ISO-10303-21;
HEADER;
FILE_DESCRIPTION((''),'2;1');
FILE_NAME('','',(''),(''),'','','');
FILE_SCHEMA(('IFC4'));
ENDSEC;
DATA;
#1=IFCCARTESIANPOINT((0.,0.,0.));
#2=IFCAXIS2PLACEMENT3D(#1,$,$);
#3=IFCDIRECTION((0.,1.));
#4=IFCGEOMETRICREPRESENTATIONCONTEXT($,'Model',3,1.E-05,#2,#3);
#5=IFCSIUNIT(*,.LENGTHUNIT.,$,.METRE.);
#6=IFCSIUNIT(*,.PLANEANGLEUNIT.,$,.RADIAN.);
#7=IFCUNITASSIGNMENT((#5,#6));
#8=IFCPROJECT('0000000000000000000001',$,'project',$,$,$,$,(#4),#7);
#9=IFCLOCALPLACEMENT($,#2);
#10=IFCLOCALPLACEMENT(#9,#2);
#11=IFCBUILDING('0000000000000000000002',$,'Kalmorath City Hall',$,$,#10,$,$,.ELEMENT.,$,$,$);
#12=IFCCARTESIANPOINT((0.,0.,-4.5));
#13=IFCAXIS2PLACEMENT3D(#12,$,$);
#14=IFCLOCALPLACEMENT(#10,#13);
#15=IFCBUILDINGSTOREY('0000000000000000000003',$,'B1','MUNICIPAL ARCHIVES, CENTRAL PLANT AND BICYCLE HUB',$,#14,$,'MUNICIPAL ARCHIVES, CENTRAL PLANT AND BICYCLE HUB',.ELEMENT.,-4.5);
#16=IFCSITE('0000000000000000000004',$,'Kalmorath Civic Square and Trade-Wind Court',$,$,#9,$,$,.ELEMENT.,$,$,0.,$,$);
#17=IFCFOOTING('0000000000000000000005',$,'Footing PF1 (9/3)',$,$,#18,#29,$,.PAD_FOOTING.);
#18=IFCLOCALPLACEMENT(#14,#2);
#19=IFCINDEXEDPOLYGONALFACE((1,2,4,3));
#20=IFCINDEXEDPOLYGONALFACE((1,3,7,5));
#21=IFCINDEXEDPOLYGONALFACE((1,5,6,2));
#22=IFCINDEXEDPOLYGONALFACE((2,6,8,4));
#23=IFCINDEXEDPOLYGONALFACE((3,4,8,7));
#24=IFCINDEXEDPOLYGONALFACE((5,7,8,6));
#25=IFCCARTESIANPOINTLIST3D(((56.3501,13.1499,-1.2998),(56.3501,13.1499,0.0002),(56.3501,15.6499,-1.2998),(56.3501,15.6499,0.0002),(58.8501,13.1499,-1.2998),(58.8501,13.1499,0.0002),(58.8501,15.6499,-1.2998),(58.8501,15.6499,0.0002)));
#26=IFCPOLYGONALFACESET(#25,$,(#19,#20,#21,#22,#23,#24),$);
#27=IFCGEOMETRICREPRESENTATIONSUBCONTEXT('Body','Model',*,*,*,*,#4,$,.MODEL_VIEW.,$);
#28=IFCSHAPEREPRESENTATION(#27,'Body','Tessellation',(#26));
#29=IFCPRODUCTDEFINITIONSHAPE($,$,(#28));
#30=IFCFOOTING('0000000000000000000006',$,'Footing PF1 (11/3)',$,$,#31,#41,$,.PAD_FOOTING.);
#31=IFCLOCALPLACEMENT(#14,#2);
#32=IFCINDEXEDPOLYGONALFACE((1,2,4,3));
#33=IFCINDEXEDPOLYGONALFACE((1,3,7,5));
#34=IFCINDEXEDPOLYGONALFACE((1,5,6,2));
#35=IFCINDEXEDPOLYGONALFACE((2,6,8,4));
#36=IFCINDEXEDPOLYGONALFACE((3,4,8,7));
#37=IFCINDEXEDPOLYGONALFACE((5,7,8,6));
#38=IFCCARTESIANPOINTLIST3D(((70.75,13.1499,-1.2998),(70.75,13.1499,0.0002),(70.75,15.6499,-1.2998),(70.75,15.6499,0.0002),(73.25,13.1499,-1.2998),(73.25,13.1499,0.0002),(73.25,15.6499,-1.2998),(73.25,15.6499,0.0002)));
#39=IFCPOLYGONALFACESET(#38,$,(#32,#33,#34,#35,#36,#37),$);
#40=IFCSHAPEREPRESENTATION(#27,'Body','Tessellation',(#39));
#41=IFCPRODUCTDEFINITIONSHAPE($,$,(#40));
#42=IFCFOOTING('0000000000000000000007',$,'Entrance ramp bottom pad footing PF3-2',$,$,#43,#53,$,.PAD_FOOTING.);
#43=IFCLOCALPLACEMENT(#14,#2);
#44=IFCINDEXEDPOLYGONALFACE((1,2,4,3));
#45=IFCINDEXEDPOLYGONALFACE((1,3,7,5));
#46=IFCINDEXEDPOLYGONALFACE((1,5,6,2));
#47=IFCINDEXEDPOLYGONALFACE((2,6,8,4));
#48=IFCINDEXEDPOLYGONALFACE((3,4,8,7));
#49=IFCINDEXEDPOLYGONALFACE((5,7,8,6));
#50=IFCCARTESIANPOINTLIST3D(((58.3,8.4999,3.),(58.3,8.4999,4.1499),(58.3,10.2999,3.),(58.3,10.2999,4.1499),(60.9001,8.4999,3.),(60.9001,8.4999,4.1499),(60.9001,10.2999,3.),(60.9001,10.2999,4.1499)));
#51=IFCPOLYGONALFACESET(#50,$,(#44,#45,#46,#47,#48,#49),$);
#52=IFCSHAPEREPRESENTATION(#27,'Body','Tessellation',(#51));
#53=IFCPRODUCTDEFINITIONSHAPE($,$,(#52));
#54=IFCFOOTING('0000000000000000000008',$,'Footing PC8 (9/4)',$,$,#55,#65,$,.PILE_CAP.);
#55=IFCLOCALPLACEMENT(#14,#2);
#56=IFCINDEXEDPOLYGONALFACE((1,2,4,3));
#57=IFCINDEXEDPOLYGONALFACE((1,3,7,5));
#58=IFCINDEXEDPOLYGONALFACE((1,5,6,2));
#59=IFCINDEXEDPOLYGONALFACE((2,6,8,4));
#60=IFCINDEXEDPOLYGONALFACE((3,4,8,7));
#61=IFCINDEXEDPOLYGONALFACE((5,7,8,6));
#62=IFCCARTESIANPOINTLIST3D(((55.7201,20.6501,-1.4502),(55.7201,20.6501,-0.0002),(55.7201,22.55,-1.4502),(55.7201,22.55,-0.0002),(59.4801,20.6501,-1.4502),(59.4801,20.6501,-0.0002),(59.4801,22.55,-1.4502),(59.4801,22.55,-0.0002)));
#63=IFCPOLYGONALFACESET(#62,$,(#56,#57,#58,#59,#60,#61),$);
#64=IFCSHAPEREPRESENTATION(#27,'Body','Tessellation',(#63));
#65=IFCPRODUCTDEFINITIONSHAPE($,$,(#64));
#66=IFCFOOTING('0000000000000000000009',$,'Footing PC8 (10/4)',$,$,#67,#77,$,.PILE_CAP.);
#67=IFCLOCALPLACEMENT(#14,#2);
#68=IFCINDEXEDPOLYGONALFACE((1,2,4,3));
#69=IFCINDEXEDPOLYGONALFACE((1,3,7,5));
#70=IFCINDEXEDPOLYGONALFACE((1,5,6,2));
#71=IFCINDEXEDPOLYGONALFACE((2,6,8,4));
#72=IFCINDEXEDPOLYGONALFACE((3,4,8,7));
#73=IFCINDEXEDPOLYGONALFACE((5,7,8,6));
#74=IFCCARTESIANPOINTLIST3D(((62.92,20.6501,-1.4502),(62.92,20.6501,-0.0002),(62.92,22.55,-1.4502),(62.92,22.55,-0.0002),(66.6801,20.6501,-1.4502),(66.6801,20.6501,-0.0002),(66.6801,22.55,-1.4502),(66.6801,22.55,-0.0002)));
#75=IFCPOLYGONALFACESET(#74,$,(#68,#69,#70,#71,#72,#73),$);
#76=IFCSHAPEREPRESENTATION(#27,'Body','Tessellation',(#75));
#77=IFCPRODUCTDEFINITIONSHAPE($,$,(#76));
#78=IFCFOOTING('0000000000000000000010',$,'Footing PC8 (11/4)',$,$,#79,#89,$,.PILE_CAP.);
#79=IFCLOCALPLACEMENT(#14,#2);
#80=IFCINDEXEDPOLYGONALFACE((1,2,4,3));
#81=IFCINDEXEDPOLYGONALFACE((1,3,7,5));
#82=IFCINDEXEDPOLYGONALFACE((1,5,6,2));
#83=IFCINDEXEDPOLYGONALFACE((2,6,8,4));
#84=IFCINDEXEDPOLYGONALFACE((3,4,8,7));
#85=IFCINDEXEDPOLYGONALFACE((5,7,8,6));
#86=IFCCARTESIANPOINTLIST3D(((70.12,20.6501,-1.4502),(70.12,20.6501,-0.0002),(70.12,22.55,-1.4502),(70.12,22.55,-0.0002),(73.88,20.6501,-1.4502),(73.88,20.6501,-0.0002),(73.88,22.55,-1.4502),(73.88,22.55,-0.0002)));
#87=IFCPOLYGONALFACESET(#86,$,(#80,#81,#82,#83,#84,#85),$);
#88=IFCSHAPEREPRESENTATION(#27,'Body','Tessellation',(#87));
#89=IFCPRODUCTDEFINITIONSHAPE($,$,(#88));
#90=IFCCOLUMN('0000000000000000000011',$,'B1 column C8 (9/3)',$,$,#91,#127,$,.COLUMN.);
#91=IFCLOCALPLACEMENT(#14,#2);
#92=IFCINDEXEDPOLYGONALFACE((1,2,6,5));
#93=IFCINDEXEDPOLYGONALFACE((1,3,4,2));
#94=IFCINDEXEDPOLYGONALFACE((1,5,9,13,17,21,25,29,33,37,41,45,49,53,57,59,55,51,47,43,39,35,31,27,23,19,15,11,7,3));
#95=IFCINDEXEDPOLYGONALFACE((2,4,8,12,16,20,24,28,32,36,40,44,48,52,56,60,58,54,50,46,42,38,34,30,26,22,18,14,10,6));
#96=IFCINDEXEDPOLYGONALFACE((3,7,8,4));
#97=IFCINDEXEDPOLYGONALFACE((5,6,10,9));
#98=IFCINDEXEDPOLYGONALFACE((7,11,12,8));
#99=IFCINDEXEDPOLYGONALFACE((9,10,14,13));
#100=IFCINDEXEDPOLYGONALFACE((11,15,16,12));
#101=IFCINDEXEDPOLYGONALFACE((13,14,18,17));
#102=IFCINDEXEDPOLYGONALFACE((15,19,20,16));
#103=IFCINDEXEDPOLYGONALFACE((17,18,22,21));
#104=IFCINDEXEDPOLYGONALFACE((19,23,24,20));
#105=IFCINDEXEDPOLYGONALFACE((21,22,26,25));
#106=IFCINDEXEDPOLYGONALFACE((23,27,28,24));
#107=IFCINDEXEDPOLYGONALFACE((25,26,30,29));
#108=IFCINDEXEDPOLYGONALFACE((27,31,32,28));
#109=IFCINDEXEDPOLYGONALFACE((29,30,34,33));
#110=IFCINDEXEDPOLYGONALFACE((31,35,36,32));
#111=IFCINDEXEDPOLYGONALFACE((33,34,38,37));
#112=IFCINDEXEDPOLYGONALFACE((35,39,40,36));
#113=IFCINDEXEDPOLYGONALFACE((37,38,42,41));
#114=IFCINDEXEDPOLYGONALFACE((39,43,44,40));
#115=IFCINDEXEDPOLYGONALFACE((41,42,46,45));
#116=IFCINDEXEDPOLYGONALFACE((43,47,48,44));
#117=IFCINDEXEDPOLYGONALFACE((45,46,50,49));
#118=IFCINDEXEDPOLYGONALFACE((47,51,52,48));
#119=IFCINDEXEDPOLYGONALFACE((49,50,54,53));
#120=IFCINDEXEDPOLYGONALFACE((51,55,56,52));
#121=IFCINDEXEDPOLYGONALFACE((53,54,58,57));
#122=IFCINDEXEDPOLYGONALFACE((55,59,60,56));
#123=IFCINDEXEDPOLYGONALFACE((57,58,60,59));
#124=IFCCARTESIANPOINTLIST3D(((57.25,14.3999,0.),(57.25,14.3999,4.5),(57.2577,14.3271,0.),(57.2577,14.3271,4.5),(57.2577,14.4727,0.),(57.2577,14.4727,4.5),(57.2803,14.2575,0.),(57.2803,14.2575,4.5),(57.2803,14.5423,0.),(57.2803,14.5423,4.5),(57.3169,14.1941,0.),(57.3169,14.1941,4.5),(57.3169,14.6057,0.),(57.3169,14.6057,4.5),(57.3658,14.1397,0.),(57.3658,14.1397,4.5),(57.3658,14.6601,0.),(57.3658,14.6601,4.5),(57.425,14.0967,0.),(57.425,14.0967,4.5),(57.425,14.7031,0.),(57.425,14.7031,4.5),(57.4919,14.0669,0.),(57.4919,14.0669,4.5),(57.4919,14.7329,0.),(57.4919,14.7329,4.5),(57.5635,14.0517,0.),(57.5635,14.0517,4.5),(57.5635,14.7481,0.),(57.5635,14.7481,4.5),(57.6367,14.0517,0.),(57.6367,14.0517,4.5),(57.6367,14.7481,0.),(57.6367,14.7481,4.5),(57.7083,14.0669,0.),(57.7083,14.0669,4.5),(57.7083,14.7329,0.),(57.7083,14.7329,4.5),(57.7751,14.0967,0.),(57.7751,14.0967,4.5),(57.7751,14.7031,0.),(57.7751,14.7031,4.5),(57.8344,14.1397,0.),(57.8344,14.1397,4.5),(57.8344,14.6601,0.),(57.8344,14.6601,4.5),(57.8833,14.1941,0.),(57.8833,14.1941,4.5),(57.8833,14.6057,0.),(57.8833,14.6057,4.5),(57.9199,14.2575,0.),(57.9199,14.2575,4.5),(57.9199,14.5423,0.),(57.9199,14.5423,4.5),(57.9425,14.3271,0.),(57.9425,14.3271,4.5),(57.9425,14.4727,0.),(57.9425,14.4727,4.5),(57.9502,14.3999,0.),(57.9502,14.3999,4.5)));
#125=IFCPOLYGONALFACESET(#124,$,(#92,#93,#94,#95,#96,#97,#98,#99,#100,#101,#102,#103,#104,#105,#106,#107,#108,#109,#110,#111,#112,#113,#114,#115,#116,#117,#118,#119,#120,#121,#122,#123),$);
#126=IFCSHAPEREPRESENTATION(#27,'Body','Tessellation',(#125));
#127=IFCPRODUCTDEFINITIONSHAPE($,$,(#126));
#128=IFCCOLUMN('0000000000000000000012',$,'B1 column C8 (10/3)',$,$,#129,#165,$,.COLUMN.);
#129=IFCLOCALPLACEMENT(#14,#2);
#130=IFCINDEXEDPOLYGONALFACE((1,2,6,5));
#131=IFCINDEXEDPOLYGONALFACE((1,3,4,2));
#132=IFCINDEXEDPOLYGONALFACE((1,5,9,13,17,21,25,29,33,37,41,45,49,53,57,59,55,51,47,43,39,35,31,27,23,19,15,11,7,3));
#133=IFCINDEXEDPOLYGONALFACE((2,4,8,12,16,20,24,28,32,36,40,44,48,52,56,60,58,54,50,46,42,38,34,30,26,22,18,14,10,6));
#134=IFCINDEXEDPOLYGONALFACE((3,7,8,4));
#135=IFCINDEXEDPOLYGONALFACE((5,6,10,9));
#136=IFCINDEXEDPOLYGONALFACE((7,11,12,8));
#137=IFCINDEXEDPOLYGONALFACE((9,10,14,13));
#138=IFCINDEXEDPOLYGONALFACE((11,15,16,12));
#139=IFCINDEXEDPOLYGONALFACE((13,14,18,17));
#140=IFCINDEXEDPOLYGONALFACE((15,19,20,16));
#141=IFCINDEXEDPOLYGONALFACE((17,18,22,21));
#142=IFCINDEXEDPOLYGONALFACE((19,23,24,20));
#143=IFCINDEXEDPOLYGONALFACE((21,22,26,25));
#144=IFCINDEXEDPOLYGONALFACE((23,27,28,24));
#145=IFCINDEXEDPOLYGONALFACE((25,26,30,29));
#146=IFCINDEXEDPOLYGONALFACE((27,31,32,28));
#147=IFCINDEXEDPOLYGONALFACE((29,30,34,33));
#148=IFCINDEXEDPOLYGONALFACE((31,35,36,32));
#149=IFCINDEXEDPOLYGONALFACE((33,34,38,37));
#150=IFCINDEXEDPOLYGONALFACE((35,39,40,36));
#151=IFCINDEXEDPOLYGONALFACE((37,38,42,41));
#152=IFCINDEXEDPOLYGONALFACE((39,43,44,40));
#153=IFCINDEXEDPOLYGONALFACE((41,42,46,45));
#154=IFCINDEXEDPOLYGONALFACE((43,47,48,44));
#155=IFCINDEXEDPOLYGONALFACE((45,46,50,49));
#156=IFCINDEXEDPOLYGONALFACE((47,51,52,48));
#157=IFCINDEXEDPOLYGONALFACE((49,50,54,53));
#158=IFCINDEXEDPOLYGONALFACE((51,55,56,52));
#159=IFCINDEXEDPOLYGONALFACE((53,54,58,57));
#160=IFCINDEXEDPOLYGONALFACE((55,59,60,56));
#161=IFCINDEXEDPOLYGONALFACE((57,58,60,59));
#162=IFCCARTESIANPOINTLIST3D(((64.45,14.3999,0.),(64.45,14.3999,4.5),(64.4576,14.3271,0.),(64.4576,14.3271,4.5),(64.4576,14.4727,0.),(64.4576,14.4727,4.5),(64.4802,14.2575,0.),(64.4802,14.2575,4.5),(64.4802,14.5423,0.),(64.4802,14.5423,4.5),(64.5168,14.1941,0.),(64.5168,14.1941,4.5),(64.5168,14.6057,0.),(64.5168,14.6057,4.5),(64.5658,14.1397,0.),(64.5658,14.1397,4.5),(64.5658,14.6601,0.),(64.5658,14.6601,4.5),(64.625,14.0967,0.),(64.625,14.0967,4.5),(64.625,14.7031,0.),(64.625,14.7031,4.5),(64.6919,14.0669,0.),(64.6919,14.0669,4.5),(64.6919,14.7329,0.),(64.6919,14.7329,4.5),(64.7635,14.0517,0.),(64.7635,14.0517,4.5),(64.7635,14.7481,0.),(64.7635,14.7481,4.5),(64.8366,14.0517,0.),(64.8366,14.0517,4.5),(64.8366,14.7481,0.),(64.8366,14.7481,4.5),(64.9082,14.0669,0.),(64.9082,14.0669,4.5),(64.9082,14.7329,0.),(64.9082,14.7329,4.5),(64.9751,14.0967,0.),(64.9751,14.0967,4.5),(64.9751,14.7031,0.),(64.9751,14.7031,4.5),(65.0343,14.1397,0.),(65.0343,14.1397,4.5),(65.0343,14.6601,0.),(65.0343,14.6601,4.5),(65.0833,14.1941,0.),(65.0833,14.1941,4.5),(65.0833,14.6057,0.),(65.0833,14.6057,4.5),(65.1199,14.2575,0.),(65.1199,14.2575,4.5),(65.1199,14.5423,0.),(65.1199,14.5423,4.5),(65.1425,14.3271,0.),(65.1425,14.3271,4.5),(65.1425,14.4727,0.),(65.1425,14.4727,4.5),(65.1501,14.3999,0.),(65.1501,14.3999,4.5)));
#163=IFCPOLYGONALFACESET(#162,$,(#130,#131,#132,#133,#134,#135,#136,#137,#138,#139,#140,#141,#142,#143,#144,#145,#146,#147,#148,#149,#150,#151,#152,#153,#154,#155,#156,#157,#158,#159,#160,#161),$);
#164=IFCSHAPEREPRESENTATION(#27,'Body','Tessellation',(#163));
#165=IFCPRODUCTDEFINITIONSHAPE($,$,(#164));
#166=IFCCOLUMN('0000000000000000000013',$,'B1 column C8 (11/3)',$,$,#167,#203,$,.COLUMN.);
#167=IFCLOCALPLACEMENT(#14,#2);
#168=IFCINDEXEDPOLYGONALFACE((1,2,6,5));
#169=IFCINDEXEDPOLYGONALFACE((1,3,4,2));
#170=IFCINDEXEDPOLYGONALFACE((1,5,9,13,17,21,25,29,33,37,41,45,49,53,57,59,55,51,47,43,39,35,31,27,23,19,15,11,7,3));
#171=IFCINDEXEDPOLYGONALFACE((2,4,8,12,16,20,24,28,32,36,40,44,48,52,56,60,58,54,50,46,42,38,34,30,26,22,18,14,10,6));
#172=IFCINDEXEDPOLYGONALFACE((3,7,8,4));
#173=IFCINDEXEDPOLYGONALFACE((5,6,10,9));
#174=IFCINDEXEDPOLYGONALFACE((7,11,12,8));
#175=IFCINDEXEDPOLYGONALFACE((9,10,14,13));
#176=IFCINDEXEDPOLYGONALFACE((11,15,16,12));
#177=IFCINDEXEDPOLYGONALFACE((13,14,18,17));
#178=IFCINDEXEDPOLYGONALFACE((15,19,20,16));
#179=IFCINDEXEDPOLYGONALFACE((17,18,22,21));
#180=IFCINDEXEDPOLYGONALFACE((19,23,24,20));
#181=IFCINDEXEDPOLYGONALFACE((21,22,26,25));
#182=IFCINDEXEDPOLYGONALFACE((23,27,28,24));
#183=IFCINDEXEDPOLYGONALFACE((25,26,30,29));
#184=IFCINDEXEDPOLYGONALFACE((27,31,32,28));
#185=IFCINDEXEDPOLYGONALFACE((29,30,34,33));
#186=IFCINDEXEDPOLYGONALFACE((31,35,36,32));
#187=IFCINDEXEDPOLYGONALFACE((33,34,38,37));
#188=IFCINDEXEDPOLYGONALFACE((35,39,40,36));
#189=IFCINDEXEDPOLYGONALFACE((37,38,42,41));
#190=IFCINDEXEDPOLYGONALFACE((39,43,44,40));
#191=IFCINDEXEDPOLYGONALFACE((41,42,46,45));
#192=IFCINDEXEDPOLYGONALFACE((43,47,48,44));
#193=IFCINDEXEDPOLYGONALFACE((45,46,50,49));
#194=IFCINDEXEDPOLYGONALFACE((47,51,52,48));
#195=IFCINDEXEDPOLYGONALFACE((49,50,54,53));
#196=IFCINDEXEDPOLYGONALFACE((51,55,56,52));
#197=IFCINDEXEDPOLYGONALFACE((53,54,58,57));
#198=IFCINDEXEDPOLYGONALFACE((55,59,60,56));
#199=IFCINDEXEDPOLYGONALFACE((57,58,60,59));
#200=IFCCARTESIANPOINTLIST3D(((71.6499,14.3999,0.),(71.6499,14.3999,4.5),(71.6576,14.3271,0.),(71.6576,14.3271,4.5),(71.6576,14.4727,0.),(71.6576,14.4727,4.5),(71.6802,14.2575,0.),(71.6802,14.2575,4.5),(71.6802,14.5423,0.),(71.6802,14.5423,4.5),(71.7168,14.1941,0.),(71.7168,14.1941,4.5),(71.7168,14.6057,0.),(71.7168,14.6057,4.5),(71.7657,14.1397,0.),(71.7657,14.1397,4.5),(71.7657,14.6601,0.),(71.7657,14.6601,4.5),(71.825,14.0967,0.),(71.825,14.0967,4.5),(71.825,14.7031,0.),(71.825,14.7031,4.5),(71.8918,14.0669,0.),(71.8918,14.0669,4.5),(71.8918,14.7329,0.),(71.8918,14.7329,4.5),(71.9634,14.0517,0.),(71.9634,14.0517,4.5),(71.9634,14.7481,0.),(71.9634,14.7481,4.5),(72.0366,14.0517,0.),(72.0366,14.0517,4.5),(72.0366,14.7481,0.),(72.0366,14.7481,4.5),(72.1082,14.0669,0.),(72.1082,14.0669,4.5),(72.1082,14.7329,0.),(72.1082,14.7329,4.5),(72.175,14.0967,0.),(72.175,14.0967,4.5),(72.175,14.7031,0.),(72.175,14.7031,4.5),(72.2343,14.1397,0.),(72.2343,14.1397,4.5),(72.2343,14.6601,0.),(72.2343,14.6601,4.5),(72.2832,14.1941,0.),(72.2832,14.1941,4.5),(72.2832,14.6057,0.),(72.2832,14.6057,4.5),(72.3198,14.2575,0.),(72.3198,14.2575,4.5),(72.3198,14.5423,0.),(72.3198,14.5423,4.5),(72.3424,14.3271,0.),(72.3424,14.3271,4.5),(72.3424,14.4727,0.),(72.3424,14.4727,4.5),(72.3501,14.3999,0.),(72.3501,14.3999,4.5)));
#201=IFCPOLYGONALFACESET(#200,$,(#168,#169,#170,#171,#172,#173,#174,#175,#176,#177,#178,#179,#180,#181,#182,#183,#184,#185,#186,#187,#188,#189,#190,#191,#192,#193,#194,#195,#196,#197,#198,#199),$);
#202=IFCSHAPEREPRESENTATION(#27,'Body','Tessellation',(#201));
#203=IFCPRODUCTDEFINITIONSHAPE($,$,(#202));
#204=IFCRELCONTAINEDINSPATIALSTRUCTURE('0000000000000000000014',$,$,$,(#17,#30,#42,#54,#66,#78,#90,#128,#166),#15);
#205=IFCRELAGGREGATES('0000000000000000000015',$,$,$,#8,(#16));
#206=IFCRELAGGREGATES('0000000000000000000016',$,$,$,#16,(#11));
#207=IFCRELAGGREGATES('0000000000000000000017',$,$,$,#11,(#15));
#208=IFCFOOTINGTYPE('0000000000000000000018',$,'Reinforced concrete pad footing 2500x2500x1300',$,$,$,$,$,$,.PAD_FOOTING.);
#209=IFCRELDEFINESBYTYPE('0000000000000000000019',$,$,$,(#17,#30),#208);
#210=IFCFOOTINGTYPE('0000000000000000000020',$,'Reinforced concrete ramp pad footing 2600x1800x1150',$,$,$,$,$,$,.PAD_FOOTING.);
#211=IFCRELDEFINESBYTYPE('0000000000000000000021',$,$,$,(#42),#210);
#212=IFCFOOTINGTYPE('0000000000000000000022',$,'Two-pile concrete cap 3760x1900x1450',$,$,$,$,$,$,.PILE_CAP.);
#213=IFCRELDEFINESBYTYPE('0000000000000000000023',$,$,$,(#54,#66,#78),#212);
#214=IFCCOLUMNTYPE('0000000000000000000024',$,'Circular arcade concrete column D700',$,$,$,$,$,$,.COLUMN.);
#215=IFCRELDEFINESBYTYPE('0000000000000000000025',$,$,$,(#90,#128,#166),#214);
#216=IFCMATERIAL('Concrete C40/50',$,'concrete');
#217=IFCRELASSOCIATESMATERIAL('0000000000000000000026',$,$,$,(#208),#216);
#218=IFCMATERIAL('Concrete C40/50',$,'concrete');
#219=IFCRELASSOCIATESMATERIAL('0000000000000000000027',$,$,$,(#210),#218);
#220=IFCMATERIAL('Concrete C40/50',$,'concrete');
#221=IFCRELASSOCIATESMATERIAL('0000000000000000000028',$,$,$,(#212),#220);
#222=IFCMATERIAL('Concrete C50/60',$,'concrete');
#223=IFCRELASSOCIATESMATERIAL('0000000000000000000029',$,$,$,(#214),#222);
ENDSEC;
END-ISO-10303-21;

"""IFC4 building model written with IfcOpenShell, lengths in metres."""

from ifc_helpers import new_model, si_unit, direction, frame, origin, origin_2d, place, context, subcontext, project, spatial, rectangle, circle, extrude, material, material_profile, profile_set, type_object, element, save


model = new_model("IFC4")

# Units and contexts
model_context = context("Model", 3, precision=1e-05, world=origin(), true_north=direction((0.0, 1.0)))
body_context = subcontext(model_context, "Body", "Model", "MODEL_VIEW")
ifc_project = project(units=[si_unit("LENGTHUNIT", "METRE"), si_unit("PLANEANGLEUNIT", "RADIAN")], contexts=[model_context])

# Site, building, storey
site_placement = place(None, origin())
site = spatial("IfcSite", under=ifc_project, at=site_placement, Name="Kalmorath Civic Square and Trade-Wind Court", CompositionType="ELEMENT", RefElevation=0.0)
building_placement = place(site_placement, origin())
building = spatial("IfcBuilding", under=site, at=building_placement, Name="Kalmorath City Hall", CompositionType="ELEMENT")
storey_placement = place(building_placement, frame((0.0, 0.0, -4.5)))
storey = spatial("IfcBuildingStorey", under=building, at=storey_placement, Name="B1", Description="MUNICIPAL ARCHIVES, CENTRAL PLANT AND BICYCLE HUB", LongName="MUNICIPAL ARCHIVES, CENTRAL PLANT AND BICYCLE HUB", CompositionType="ELEMENT", Elevation=-4.5)

# Footings
ifc_material_1 = material(Name="Concrete C40/50", Category="concrete")
footing_type_1 = type_object("IfcFootingType", Name="Reinforced concrete pad footing 2500x2500x1300", PredefinedType="PAD_FOOTING", material=ifc_material_1)
for number, where, z_axis, x_axis, name in (
    (1, (57.6001, 14.3999, -1.2998), (0.0, 0.0, 1.0), (1.0, 0.0, 0.0), "Footing PF1 (9/3)"),
    (2, (72.0, 14.3999, -1.2998), (0.0, 0.0, 1.0), (1.0, 0.0, 0.0), "Footing PF1 (11/3)"),
):
    element("IfcFooting", number, at=place(storey_placement, frame(where, z_axis=z_axis, x_axis=x_axis)), inside=storey, type_object=footing_type_1, Name=name, PredefinedType="PAD_FOOTING", context=body_context, shape_type="SweptSolid", body=[
        extrude(rectangle(XDim=2.5, YDim=2.5, at=origin_2d()), origin(), (0.0, 0.0, 1.0), 1.3),
    ])
ifc_material_2 = material(Name="Concrete C40/50", Category="concrete")
footing_type_2 = type_object("IfcFootingType", Name="Reinforced concrete ramp pad footing 2600x1800x1150", PredefinedType="PAD_FOOTING", material=ifc_material_2)
footing_1_placement = place(storey_placement, frame((59.6001, 9.3999, 3.0), z_axis=(0.0, 0.0, 1.0), x_axis=(1.0, 0.0, 0.0)))
element("IfcFooting", 3, at=footing_1_placement, inside=storey, type_object=footing_type_2, Name="Entrance ramp bottom pad footing PF3-2", PredefinedType="PAD_FOOTING", context=body_context, shape_type="SweptSolid", body=[
    extrude(rectangle(XDim=2.6001, YDim=1.8, at=origin_2d()), origin(), (0.0, 0.0, 1.0), 1.1499),
])
ifc_material_3 = material(Name="Concrete C40/50", Category="concrete")
footing_type_3 = type_object("IfcFootingType", Name="Two-pile concrete cap 3760x1900x1450", PredefinedType="PILE_CAP", material=ifc_material_3)
for number, where, z_axis, x_axis, name in (
    (4, (57.6001, 21.6001, -1.4502), (0.0, 0.0, 1.0), (1.0, 0.0, 0.0), "Footing PC8 (9/4)"),
    (5, (64.8, 21.6001, -1.4502), (0.0, 0.0, 1.0), (1.0, 0.0, 0.0), "Footing PC8 (10/4)"),
    (6, (72.0, 21.6001, -1.4502), (0.0, 0.0, 1.0), (1.0, 0.0, 0.0), "Footing PC8 (11/4)"),
):
    element("IfcFooting", number, at=place(storey_placement, frame(where, z_axis=z_axis, x_axis=x_axis)), inside=storey, type_object=footing_type_3, Name=name, PredefinedType="PILE_CAP", context=body_context, shape_type="SweptSolid", body=[
        extrude(rectangle(XDim=3.76, YDim=1.8999, at=origin_2d()), origin(), (0.0, 0.0, 1.0), 1.45),
    ])

# Columns
ifc_material_4 = material(Name="Concrete C50/60", Category="concrete")
ifc_material_profile_1 = material_profile(ifc_material_4, circle(Radius=0.3501, at=origin_2d()), Name="RC-COL-D700")
ifc_profile_set_1 = profile_set([ifc_material_profile_1], Name="Concrete C50/60")
column_type_1 = type_object("IfcColumnType", Name="Circular arcade concrete column D700", PredefinedType="COLUMN", material=ifc_profile_set_1)
for number, where, z_axis, x_axis, name in (
    (7, (57.6001, 14.3999, 0.0), (0.0, 0.0, 1.0), (1.0, 0.0, 0.0), "B1 column C8 (9/3)"),
    (8, (64.8, 14.3999, 0.0), (0.0, 0.0, 1.0), (1.0, 0.0, 0.0), "B1 column C8 (10/3)"),
    (9, (72.0, 14.3999, 0.0), (0.0, 0.0, 1.0), (1.0, 0.0, 0.0), "B1 column C8 (11/3)"),
):
    element("IfcColumn", number, at=place(storey_placement, frame(where, z_axis=z_axis, x_axis=x_axis)), inside=storey, type_object=column_type_1, Name=name, PredefinedType="COLUMN", context=body_context, shape_type="SweptSolid", body=[
        extrude(circle(Radius=0.3501, at=origin_2d()), origin(), (0.0, 0.0, 1.0), 4.5),
    ])

save(model, "model.ifc")
